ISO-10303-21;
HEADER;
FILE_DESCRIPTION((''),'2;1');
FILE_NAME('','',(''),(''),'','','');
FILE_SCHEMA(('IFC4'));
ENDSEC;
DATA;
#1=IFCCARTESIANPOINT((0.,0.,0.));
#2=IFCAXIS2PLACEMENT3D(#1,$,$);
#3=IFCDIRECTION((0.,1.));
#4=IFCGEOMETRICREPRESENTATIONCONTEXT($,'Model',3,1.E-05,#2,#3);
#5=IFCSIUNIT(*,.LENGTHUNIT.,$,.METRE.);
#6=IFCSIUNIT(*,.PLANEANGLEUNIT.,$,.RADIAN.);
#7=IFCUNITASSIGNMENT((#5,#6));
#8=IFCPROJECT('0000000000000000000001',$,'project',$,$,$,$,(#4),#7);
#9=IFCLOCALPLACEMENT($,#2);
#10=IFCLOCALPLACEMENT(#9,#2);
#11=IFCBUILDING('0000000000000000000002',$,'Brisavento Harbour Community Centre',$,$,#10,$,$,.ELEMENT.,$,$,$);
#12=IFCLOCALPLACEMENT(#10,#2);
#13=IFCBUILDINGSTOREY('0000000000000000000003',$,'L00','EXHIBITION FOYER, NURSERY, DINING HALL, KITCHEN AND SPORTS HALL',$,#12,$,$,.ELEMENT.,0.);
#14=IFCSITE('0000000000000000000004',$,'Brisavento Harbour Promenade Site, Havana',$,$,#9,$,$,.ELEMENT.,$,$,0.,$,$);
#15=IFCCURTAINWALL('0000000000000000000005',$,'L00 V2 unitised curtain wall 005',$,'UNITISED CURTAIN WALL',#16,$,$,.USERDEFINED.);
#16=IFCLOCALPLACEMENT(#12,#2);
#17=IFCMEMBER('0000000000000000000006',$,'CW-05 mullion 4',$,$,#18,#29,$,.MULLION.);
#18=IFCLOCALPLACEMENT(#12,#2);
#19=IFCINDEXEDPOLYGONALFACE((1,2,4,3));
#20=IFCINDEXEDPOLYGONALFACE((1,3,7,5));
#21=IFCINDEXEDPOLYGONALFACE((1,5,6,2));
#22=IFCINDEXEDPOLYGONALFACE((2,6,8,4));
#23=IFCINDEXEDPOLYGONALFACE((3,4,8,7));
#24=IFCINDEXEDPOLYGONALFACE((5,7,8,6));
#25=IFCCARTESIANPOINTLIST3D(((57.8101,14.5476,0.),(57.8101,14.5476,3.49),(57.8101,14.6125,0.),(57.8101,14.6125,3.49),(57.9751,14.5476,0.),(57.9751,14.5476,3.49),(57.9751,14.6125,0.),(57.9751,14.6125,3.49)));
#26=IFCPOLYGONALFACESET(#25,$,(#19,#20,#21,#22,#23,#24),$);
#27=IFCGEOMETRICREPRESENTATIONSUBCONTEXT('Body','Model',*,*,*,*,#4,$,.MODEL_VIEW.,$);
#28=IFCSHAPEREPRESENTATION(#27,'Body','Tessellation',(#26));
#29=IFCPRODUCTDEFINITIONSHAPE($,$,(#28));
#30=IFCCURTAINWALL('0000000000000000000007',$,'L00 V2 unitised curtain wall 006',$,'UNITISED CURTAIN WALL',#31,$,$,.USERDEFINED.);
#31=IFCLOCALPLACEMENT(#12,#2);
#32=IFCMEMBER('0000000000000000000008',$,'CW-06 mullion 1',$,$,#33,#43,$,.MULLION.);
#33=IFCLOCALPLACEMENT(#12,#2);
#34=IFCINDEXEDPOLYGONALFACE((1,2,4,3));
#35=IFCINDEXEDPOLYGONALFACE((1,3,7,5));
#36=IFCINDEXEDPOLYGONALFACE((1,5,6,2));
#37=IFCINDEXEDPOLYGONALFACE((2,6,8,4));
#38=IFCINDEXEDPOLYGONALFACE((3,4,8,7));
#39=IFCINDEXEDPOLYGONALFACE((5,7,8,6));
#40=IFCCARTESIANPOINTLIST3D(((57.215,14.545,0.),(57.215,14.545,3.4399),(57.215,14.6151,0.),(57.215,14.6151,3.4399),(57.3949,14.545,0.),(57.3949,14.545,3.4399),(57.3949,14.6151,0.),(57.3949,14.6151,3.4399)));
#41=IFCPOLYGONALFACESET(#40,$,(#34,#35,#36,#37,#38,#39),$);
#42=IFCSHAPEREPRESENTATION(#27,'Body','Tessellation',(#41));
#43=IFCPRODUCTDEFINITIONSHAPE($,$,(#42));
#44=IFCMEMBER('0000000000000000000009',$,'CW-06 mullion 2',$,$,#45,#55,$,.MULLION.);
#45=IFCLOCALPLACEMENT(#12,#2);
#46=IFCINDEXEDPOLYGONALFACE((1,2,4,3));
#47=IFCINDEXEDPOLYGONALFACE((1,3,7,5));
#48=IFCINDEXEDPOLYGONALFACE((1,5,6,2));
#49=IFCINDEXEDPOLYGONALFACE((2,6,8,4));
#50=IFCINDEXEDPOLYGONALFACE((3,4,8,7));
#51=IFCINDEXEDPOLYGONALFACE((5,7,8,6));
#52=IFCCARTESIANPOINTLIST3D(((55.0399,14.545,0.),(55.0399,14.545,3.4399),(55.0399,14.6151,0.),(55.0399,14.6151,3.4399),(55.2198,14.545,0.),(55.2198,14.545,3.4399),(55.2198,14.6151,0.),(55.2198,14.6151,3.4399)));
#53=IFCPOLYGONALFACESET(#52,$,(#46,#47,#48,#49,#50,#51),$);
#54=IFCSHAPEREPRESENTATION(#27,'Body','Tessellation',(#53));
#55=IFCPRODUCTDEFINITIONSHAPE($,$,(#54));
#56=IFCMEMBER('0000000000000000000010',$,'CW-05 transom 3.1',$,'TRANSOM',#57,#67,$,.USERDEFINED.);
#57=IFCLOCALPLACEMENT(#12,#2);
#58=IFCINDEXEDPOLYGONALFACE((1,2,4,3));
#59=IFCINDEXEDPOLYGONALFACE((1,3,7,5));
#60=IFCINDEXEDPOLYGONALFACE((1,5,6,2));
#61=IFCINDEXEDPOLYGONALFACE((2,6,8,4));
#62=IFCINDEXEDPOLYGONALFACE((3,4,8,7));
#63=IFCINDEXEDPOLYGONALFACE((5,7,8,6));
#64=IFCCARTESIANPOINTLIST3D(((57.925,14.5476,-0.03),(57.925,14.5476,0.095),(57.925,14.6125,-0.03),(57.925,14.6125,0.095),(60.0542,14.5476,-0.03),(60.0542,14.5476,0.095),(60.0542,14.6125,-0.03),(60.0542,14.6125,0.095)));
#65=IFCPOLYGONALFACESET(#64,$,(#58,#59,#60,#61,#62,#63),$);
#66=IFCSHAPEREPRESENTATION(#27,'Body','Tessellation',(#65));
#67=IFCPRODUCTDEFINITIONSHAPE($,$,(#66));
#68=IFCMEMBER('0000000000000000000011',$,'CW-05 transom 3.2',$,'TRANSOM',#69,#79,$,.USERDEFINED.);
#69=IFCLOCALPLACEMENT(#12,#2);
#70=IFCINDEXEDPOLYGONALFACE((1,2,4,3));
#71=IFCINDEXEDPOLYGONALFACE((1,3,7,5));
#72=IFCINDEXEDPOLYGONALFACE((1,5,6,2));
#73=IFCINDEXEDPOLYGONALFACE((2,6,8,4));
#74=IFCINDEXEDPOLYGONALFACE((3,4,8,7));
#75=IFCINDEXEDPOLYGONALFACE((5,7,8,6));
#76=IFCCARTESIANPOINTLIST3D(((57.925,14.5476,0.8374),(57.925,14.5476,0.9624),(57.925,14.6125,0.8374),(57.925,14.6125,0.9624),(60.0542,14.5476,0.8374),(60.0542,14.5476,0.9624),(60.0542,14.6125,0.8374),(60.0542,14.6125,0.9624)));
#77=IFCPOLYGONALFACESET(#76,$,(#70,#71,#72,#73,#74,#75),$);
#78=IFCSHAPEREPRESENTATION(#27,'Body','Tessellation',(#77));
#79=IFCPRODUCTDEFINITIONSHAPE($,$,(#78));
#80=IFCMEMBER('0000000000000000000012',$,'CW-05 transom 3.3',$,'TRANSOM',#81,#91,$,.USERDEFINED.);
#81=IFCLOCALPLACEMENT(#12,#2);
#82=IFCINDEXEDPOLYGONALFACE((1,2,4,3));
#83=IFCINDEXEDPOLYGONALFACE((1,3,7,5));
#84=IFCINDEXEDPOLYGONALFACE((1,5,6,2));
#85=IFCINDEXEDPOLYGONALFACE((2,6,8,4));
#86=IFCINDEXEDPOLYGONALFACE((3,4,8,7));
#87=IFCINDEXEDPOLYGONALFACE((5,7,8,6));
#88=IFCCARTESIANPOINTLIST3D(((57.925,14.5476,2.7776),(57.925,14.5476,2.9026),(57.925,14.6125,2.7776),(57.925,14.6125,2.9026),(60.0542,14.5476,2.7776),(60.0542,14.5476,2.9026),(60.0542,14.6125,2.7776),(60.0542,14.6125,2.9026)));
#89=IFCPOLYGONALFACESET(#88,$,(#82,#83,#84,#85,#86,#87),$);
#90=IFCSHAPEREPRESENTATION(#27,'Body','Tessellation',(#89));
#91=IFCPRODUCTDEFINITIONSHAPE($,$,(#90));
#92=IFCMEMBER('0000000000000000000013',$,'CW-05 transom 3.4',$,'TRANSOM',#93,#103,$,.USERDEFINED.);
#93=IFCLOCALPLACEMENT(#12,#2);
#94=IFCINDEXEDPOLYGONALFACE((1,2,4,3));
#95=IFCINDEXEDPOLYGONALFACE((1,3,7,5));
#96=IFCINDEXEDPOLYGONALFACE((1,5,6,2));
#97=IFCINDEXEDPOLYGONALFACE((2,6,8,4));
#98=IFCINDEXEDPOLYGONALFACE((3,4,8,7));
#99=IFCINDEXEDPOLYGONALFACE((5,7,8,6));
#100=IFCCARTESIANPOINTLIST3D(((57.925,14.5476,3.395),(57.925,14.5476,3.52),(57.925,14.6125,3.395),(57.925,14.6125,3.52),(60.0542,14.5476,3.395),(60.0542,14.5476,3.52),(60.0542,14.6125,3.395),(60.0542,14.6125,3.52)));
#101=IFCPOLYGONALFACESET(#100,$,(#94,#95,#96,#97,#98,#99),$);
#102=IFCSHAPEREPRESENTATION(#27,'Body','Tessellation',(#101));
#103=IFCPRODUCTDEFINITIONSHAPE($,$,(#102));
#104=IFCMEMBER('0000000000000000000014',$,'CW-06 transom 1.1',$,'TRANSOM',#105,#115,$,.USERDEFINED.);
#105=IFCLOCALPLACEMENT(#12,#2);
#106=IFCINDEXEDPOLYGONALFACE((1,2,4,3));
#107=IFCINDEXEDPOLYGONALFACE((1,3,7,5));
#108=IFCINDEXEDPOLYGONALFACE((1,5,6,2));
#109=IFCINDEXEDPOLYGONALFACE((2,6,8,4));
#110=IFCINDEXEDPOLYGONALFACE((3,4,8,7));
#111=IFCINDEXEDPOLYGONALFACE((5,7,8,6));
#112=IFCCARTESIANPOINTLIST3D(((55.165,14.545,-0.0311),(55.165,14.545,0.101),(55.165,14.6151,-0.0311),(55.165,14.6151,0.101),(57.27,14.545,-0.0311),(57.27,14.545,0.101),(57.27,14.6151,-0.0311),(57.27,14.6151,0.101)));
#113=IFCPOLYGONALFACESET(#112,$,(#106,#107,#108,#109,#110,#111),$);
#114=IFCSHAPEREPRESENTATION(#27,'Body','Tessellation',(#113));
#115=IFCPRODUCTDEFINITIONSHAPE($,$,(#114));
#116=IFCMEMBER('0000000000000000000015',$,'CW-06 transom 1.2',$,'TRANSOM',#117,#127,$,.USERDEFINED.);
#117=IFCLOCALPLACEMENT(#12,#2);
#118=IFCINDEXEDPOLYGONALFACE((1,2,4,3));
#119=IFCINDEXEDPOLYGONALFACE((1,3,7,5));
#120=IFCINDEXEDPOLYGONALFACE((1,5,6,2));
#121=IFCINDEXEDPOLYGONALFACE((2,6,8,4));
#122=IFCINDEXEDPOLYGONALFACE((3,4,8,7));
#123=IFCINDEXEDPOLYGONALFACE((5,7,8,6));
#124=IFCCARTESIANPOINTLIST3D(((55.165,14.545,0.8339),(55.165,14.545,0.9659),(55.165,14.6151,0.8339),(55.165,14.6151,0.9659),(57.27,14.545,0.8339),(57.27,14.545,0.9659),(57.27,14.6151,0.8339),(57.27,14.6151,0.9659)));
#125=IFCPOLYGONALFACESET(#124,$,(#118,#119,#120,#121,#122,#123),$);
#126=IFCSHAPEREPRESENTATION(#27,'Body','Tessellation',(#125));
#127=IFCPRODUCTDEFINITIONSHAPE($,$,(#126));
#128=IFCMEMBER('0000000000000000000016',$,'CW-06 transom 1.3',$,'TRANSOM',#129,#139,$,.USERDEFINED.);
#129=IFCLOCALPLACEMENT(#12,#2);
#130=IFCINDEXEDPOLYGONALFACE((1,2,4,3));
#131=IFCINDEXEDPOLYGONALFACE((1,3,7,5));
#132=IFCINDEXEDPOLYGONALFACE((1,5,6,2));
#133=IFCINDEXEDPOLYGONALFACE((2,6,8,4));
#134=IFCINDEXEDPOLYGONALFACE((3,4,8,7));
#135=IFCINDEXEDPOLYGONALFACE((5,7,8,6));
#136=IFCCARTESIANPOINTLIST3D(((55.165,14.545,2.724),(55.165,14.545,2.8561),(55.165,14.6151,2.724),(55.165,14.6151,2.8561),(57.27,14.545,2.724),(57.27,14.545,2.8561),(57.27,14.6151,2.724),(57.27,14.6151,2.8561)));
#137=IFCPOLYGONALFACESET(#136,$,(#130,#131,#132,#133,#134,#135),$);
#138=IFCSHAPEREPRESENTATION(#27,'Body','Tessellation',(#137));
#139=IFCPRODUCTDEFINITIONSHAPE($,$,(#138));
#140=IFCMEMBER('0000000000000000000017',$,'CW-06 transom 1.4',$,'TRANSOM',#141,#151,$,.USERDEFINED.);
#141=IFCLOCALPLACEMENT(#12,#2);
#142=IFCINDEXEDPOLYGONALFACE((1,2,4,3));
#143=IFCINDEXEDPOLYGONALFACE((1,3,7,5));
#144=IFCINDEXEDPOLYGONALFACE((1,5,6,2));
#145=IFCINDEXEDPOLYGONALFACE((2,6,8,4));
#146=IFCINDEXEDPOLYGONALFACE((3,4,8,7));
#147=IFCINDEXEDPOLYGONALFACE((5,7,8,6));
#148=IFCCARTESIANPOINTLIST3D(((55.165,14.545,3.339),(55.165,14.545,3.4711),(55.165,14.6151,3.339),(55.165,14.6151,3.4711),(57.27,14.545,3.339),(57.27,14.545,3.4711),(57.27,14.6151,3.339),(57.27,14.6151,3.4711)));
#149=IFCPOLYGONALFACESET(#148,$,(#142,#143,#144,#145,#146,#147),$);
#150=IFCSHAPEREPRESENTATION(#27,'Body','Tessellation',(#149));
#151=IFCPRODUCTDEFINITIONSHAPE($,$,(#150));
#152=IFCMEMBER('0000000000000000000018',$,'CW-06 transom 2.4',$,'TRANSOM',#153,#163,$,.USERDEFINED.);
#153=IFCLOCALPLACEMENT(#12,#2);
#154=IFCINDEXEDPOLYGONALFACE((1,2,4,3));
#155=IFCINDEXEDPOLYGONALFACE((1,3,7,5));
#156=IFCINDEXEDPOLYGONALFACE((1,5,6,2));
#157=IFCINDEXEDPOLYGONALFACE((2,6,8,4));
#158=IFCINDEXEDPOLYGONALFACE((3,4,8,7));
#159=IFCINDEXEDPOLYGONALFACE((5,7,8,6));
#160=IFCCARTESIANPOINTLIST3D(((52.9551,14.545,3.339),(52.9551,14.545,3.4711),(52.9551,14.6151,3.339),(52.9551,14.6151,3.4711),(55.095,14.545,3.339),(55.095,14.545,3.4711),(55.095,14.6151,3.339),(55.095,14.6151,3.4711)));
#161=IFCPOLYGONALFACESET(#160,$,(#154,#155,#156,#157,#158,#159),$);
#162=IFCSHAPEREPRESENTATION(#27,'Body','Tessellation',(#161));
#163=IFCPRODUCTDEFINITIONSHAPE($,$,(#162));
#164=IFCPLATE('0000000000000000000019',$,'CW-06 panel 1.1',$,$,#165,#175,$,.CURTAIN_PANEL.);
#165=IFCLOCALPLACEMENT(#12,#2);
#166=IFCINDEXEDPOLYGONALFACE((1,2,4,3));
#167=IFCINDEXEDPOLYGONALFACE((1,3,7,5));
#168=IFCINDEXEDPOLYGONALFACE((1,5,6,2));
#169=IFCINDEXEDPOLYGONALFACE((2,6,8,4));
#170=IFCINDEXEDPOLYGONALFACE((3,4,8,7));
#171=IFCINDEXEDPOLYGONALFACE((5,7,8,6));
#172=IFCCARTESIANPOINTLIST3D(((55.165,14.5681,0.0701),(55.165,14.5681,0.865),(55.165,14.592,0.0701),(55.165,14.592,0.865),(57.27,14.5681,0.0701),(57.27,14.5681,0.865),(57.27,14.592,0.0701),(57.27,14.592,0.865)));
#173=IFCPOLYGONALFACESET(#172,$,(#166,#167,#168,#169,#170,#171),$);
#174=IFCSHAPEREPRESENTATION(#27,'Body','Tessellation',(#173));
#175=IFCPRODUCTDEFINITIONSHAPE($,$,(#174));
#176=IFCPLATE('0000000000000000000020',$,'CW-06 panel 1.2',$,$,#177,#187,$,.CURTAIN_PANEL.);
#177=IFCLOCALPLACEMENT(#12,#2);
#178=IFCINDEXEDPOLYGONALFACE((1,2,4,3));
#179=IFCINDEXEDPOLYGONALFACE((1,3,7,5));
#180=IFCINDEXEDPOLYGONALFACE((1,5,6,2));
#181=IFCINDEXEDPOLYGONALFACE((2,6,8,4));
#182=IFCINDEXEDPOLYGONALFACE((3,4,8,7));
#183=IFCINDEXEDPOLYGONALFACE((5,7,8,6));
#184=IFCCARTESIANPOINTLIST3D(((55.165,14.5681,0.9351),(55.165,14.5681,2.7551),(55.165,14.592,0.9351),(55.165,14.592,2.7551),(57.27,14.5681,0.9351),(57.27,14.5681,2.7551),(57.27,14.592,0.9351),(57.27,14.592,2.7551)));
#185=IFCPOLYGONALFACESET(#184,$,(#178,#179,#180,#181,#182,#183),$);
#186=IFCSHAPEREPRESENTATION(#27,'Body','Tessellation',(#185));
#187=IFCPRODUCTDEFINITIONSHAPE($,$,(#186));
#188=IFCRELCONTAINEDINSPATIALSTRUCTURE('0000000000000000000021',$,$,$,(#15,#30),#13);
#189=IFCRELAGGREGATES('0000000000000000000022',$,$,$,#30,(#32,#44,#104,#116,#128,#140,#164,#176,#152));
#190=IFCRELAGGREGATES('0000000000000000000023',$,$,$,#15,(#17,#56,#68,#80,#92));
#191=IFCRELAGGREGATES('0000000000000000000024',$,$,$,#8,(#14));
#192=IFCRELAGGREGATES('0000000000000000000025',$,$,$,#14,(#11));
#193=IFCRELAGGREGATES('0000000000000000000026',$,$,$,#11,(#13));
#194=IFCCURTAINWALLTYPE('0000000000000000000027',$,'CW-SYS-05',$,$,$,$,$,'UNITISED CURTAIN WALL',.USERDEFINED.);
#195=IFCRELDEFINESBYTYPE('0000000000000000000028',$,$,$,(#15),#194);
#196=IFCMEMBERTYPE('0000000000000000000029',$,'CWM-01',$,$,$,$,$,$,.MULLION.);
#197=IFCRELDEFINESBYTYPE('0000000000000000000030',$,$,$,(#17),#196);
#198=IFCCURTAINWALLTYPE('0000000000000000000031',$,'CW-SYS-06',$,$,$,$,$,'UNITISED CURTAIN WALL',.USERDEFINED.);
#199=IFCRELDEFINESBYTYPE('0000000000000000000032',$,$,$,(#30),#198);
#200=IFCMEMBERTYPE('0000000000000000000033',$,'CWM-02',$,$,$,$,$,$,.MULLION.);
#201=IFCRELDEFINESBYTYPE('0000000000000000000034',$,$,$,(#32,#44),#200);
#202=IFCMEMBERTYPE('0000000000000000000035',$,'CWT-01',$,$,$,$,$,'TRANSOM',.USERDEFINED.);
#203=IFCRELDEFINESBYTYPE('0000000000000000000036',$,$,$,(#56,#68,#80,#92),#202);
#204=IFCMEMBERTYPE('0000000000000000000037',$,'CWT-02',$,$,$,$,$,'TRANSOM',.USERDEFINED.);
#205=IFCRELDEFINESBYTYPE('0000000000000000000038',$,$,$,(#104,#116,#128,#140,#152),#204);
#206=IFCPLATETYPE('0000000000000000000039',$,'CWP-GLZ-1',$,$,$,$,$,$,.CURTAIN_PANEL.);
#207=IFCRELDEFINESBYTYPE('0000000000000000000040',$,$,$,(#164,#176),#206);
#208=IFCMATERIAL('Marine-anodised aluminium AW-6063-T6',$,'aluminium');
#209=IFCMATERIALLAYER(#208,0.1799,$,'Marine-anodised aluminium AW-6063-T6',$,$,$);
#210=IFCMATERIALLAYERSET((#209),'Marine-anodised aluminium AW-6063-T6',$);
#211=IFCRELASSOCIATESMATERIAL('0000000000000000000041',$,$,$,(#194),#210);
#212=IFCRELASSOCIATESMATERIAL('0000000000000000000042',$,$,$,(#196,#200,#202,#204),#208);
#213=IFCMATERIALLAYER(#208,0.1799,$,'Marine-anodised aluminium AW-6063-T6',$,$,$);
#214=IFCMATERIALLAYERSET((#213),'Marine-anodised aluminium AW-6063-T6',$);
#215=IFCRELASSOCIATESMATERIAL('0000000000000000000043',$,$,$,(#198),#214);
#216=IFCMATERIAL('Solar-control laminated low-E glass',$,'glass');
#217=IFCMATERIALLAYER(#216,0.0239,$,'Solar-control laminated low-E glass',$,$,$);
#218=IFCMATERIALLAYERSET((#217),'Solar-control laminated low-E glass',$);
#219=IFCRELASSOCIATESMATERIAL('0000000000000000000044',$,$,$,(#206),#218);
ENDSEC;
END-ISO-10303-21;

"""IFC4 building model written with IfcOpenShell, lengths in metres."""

from ifc_helpers import new_model, si_unit, direction, frame, origin, origin_2d, place, context, subcontext, project, spatial, rectangle, extrude, material, layer, layer_set, material_profile, profile_set, type_object, element, aggregate, save


model = new_model("IFC4")

# Units and contexts
model_context = context("Model", 3, precision=1e-05, world=origin(), true_north=direction((0.0, 1.0)))
body_context = subcontext(model_context, "Body", "Model", "MODEL_VIEW")
ifc_project = project(units=[si_unit("LENGTHUNIT", "METRE"), si_unit("PLANEANGLEUNIT", "RADIAN")], contexts=[model_context])

# Site, building, storey
site_placement = place(None, origin())
site = spatial("IfcSite", under=ifc_project, at=site_placement, Name="Brisavento Harbour Promenade Site, Havana", CompositionType="ELEMENT", RefElevation=0.0)
building_placement = place(site_placement, origin())
building = spatial("IfcBuilding", under=site, at=building_placement, Name="Brisavento Harbour Community Centre", CompositionType="ELEMENT")
storey_placement = place(building_placement, origin())
storey = spatial("IfcBuildingStorey", under=building, at=storey_placement, Name="L00", Description="EXHIBITION FOYER, NURSERY, DINING HALL, KITCHEN AND SPORTS HALL", CompositionType="ELEMENT", Elevation=0.0)

# Curtain wall, member
ifc_material_1 = material(Name="Marine-anodised aluminium AW-6063-T6", Category="aluminium")
ifc_layer_1 = layer(ifc_material_1, 0.1799, Name="Marine-anodised aluminium AW-6063-T6")
ifc_layer_set_1 = layer_set([ifc_layer_1], Name="Marine-anodised aluminium AW-6063-T6")
curtain_wall_type_1 = type_object("IfcCurtainWallType", Name="CW-SYS-05", ElementType="UNITISED CURTAIN WALL", PredefinedType="USERDEFINED", material=ifc_layer_set_1)
curtain_wall_1_placement = place(storey_placement, origin())
curtain_wall_1 = element("IfcCurtainWall", 1, at=curtain_wall_1_placement, inside=storey, type_object=curtain_wall_type_1, Name="L00 V2 unitised curtain wall 005", ObjectType="UNITISED CURTAIN WALL", PredefinedType="USERDEFINED")
ifc_material_profile_1 = material_profile(ifc_material_1, rectangle(XDim=0.0649, YDim=0.165, at=origin_2d()), Name="Marine-anodised aluminium AW-6063-T6")
ifc_profile_set_1 = profile_set([ifc_material_profile_1], Name="Marine-anodised aluminium AW-6063-T6")
member_type_1 = type_object("IfcMemberType", Name="CWM-01", PredefinedType="MULLION", material=ifc_profile_set_1)
member_1_placement = place(storey_placement, frame((57.8926, 14.5801, 0.0), z_axis=(0.0, 0.0, 1.0), x_axis=(0.0, -1.0, 0.0)))
member_1 = element("IfcMember", 2, at=member_1_placement, type_object=member_type_1, Name="CW-05 mullion 4", PredefinedType="MULLION", context=body_context, shape_type="SweptSolid", body=[
    extrude(rectangle(XDim=0.0649, YDim=0.165, at=origin_2d()), origin(), (0.0, 0.0, 1.0), 3.49),
])

# Curtain wall, members
ifc_layer_2 = layer(ifc_material_1, 0.1799, Name="Marine-anodised aluminium AW-6063-T6")
ifc_layer_set_2 = layer_set([ifc_layer_2], Name="Marine-anodised aluminium AW-6063-T6")
curtain_wall_type_2 = type_object("IfcCurtainWallType", Name="CW-SYS-06", ElementType="UNITISED CURTAIN WALL", PredefinedType="USERDEFINED", material=ifc_layer_set_2)
curtain_wall_2_placement = place(storey_placement, origin())
curtain_wall_2 = element("IfcCurtainWall", 3, at=curtain_wall_2_placement, inside=storey, type_object=curtain_wall_type_2, Name="L00 V2 unitised curtain wall 006", ObjectType="UNITISED CURTAIN WALL", PredefinedType="USERDEFINED")
ifc_material_profile_2 = material_profile(ifc_material_1, rectangle(XDim=0.0701, YDim=0.1799, at=origin_2d()), Name="Marine-anodised aluminium AW-6063-T6")
ifc_profile_set_2 = profile_set([ifc_material_profile_2], Name="Marine-anodised aluminium AW-6063-T6")
member_type_2 = type_object("IfcMemberType", Name="CWM-02", PredefinedType="MULLION", material=ifc_profile_set_2)
member_2_placement = place(storey_placement, frame((57.3049, 14.5801, 0.0), z_axis=(0.0, 0.0, 1.0), x_axis=(0.0, -1.0, 0.0)))
member_2 = element("IfcMember", 4, at=member_2_placement, type_object=member_type_2, Name="CW-06 mullion 1", PredefinedType="MULLION", context=body_context, shape_type="SweptSolid", body=[
    extrude(rectangle(XDim=0.0701, YDim=0.1799, at=origin_2d()), origin(), (0.0, 0.0, 1.0), 3.4399),
])
member_3_placement = place(storey_placement, frame((55.1299, 14.5801, 0.0), z_axis=(0.0, 0.0, 1.0), x_axis=(0.0, -1.0, 0.0)))
member_3 = element("IfcMember", 5, at=member_3_placement, type_object=member_type_2, Name="CW-06 mullion 2", PredefinedType="MULLION", context=body_context, shape_type="SweptSolid", body=[
    extrude(rectangle(XDim=0.0701, YDim=0.1799, at=origin_2d()), origin(), (0.0, 0.0, 1.0), 3.4399),
])

# Members
ifc_material_profile_3 = material_profile(ifc_material_1, rectangle(XDim=0.0649, YDim=0.125, at=origin_2d()), Name="Marine-anodised aluminium AW-6063-T6")
ifc_profile_set_3 = profile_set([ifc_material_profile_3], Name="Marine-anodised aluminium AW-6063-T6")
member_type_3 = type_object("IfcMemberType", Name="CWT-01", ElementType="TRANSOM", PredefinedType="USERDEFINED", material=ifc_profile_set_3)
member_4_placement = place(storey_placement, frame((60.0542, 14.5801, 0.0325), z_axis=(-1.0, 0.0, 0.0), x_axis=(0.0, -1.0, 0.0)))
member_4 = element("IfcMember", 6, at=member_4_placement, type_object=member_type_3, Name="CW-05 transom 3.1", ObjectType="TRANSOM", PredefinedType="USERDEFINED", context=body_context, shape_type="SweptSolid", body=[
    extrude(rectangle(XDim=0.0649, YDim=0.125, at=origin_2d()), origin(), (0.0, 0.0, 1.0), 2.1292),
])
member_5_placement = place(storey_placement, frame((60.0542, 14.5801, 0.8999), z_axis=(-1.0, 0.0, 0.0), x_axis=(0.0, -1.0, 0.0)))
member_5 = element("IfcMember", 7, at=member_5_placement, type_object=member_type_3, Name="CW-05 transom 3.2", ObjectType="TRANSOM", PredefinedType="USERDEFINED", context=body_context, shape_type="SweptSolid", body=[
    extrude(rectangle(XDim=0.0649, YDim=0.125, at=origin_2d()), origin(), (0.0, 0.0, 1.0), 2.1292),
])
member_6_placement = place(storey_placement, frame((60.0542, 14.5801, 2.8401), z_axis=(-1.0, 0.0, 0.0), x_axis=(0.0, -1.0, 0.0)))
member_6 = element("IfcMember", 8, at=member_6_placement, type_object=member_type_3, Name="CW-05 transom 3.3", ObjectType="TRANSOM", PredefinedType="USERDEFINED", context=body_context, shape_type="SweptSolid", body=[
    extrude(rectangle(XDim=0.0649, YDim=0.125, at=origin_2d()), origin(), (0.0, 0.0, 1.0), 2.1292),
])
member_7_placement = place(storey_placement, frame((60.0542, 14.5801, 3.4575), z_axis=(-1.0, 0.0, 0.0), x_axis=(0.0, -1.0, 0.0)))
member_7 = element("IfcMember", 9, at=member_7_placement, type_object=member_type_3, Name="CW-05 transom 3.4", ObjectType="TRANSOM", PredefinedType="USERDEFINED", context=body_context, shape_type="SweptSolid", body=[
    extrude(rectangle(XDim=0.0649, YDim=0.125, at=origin_2d()), origin(), (0.0, 0.0, 1.0), 2.1292),
])
ifc_material_profile_4 = material_profile(ifc_material_1, rectangle(XDim=0.0701, YDim=0.1321, at=origin_2d()), Name="Marine-anodised aluminium AW-6063-T6")
ifc_profile_set_4 = profile_set([ifc_material_profile_4], Name="Marine-anodised aluminium AW-6063-T6")
member_type_4 = type_object("IfcMemberType", Name="CWT-02", ElementType="TRANSOM", PredefinedType="USERDEFINED", material=ifc_profile_set_4)
member_8_placement = place(storey_placement, frame((57.27, 14.5801, 0.0349), z_axis=(-1.0, 0.0, 0.0), x_axis=(0.0, -1.0, 0.0)))
member_8 = element("IfcMember", 10, at=member_8_placement, type_object=member_type_4, Name="CW-06 transom 1.1", ObjectType="TRANSOM", PredefinedType="USERDEFINED", context=body_context, shape_type="SweptSolid", body=[
    extrude(rectangle(XDim=0.0701, YDim=0.1321, at=origin_2d()), origin(), (0.0, 0.0, 1.0), 2.105),
])
member_9_placement = place(storey_placement, frame((57.27, 14.5801, 0.8999), z_axis=(-1.0, 0.0, 0.0), x_axis=(0.0, -1.0, 0.0)))
member_9 = element("IfcMember", 11, at=member_9_placement, type_object=member_type_4, Name="CW-06 transom 1.2", ObjectType="TRANSOM", PredefinedType="USERDEFINED", context=body_context, shape_type="SweptSolid", body=[
    extrude(rectangle(XDim=0.0701, YDim=0.1321, at=origin_2d()), origin(), (0.0, 0.0, 1.0), 2.105),
])
member_10_placement = place(storey_placement, frame((57.27, 14.5801, 2.79), z_axis=(-1.0, 0.0, 0.0), x_axis=(0.0, -1.0, 0.0)))
member_10 = element("IfcMember", 12, at=member_10_placement, type_object=member_type_4, Name="CW-06 transom 1.3", ObjectType="TRANSOM", PredefinedType="USERDEFINED", context=body_context, shape_type="SweptSolid", body=[
    extrude(rectangle(XDim=0.0701, YDim=0.1321, at=origin_2d()), origin(), (0.0, 0.0, 1.0), 2.105),
])
member_11_placement = place(storey_placement, frame((57.27, 14.5801, 3.405), z_axis=(-1.0, 0.0, 0.0), x_axis=(0.0, -1.0, 0.0)))
member_11 = element("IfcMember", 13, at=member_11_placement, type_object=member_type_4, Name="CW-06 transom 1.4", ObjectType="TRANSOM", PredefinedType="USERDEFINED", context=body_context, shape_type="SweptSolid", body=[
    extrude(rectangle(XDim=0.0701, YDim=0.1321, at=origin_2d()), origin(), (0.0, 0.0, 1.0), 2.105),
])
member_12_placement = place(storey_placement, frame((55.095, 14.5801, 3.405), z_axis=(-1.0, 0.0, 0.0), x_axis=(0.0, -1.0, 0.0)))
member_12 = element("IfcMember", 14, at=member_12_placement, type_object=member_type_4, Name="CW-06 transom 2.4", ObjectType="TRANSOM", PredefinedType="USERDEFINED", context=body_context, shape_type="SweptSolid", body=[
    extrude(rectangle(XDim=0.0701, YDim=0.1321, at=origin_2d()), origin(), (0.0, 0.0, 1.0), 2.1399),
])

# Plates
ifc_material_2 = material(Name="Solar-control laminated low-E glass", Category="glass")
ifc_layer_3 = layer(ifc_material_2, 0.0239, Name="Solar-control laminated low-E glass")
ifc_layer_set_3 = layer_set([ifc_layer_3], Name="Solar-control laminated low-E glass")
plate_type_1 = type_object("IfcPlateType", Name="CWP-GLZ-1", PredefinedType="CURTAIN_PANEL", material=ifc_layer_set_3)
plate_1_placement = place(storey_placement, frame((56.2175, 14.5801, 0.0701), z_axis=(0.0, 0.0, 1.0), x_axis=(-1.0, 0.0, 0.0)))
plate_1 = element("IfcPlate", 15, at=plate_1_placement, type_object=plate_type_1, Name="CW-06 panel 1.1", PredefinedType="CURTAIN_PANEL", context=body_context, shape_type="SweptSolid", body=[
    extrude(rectangle(XDim=2.105, YDim=0.0239, at=origin_2d()), origin(), (0.0, 0.0, 1.0), 0.7949),
])
plate_2_placement = place(storey_placement, frame((56.2175, 14.5801, 0.9351), z_axis=(0.0, 0.0, 1.0), x_axis=(-1.0, 0.0, 0.0)))
plate_2 = element("IfcPlate", 16, at=plate_2_placement, type_object=plate_type_1, Name="CW-06 panel 1.2", PredefinedType="CURTAIN_PANEL", context=body_context, shape_type="SweptSolid", body=[
    extrude(rectangle(XDim=2.105, YDim=0.0239, at=origin_2d()), origin(), (0.0, 0.0, 1.0), 1.8201),
])
aggregate(curtain_wall_2, [member_2, member_3, member_8, member_9, member_10, member_11, plate_1, plate_2, member_12])
aggregate(curtain_wall_1, [member_1, member_4, member_5, member_6, member_7])

save(model, "model.ifc")
